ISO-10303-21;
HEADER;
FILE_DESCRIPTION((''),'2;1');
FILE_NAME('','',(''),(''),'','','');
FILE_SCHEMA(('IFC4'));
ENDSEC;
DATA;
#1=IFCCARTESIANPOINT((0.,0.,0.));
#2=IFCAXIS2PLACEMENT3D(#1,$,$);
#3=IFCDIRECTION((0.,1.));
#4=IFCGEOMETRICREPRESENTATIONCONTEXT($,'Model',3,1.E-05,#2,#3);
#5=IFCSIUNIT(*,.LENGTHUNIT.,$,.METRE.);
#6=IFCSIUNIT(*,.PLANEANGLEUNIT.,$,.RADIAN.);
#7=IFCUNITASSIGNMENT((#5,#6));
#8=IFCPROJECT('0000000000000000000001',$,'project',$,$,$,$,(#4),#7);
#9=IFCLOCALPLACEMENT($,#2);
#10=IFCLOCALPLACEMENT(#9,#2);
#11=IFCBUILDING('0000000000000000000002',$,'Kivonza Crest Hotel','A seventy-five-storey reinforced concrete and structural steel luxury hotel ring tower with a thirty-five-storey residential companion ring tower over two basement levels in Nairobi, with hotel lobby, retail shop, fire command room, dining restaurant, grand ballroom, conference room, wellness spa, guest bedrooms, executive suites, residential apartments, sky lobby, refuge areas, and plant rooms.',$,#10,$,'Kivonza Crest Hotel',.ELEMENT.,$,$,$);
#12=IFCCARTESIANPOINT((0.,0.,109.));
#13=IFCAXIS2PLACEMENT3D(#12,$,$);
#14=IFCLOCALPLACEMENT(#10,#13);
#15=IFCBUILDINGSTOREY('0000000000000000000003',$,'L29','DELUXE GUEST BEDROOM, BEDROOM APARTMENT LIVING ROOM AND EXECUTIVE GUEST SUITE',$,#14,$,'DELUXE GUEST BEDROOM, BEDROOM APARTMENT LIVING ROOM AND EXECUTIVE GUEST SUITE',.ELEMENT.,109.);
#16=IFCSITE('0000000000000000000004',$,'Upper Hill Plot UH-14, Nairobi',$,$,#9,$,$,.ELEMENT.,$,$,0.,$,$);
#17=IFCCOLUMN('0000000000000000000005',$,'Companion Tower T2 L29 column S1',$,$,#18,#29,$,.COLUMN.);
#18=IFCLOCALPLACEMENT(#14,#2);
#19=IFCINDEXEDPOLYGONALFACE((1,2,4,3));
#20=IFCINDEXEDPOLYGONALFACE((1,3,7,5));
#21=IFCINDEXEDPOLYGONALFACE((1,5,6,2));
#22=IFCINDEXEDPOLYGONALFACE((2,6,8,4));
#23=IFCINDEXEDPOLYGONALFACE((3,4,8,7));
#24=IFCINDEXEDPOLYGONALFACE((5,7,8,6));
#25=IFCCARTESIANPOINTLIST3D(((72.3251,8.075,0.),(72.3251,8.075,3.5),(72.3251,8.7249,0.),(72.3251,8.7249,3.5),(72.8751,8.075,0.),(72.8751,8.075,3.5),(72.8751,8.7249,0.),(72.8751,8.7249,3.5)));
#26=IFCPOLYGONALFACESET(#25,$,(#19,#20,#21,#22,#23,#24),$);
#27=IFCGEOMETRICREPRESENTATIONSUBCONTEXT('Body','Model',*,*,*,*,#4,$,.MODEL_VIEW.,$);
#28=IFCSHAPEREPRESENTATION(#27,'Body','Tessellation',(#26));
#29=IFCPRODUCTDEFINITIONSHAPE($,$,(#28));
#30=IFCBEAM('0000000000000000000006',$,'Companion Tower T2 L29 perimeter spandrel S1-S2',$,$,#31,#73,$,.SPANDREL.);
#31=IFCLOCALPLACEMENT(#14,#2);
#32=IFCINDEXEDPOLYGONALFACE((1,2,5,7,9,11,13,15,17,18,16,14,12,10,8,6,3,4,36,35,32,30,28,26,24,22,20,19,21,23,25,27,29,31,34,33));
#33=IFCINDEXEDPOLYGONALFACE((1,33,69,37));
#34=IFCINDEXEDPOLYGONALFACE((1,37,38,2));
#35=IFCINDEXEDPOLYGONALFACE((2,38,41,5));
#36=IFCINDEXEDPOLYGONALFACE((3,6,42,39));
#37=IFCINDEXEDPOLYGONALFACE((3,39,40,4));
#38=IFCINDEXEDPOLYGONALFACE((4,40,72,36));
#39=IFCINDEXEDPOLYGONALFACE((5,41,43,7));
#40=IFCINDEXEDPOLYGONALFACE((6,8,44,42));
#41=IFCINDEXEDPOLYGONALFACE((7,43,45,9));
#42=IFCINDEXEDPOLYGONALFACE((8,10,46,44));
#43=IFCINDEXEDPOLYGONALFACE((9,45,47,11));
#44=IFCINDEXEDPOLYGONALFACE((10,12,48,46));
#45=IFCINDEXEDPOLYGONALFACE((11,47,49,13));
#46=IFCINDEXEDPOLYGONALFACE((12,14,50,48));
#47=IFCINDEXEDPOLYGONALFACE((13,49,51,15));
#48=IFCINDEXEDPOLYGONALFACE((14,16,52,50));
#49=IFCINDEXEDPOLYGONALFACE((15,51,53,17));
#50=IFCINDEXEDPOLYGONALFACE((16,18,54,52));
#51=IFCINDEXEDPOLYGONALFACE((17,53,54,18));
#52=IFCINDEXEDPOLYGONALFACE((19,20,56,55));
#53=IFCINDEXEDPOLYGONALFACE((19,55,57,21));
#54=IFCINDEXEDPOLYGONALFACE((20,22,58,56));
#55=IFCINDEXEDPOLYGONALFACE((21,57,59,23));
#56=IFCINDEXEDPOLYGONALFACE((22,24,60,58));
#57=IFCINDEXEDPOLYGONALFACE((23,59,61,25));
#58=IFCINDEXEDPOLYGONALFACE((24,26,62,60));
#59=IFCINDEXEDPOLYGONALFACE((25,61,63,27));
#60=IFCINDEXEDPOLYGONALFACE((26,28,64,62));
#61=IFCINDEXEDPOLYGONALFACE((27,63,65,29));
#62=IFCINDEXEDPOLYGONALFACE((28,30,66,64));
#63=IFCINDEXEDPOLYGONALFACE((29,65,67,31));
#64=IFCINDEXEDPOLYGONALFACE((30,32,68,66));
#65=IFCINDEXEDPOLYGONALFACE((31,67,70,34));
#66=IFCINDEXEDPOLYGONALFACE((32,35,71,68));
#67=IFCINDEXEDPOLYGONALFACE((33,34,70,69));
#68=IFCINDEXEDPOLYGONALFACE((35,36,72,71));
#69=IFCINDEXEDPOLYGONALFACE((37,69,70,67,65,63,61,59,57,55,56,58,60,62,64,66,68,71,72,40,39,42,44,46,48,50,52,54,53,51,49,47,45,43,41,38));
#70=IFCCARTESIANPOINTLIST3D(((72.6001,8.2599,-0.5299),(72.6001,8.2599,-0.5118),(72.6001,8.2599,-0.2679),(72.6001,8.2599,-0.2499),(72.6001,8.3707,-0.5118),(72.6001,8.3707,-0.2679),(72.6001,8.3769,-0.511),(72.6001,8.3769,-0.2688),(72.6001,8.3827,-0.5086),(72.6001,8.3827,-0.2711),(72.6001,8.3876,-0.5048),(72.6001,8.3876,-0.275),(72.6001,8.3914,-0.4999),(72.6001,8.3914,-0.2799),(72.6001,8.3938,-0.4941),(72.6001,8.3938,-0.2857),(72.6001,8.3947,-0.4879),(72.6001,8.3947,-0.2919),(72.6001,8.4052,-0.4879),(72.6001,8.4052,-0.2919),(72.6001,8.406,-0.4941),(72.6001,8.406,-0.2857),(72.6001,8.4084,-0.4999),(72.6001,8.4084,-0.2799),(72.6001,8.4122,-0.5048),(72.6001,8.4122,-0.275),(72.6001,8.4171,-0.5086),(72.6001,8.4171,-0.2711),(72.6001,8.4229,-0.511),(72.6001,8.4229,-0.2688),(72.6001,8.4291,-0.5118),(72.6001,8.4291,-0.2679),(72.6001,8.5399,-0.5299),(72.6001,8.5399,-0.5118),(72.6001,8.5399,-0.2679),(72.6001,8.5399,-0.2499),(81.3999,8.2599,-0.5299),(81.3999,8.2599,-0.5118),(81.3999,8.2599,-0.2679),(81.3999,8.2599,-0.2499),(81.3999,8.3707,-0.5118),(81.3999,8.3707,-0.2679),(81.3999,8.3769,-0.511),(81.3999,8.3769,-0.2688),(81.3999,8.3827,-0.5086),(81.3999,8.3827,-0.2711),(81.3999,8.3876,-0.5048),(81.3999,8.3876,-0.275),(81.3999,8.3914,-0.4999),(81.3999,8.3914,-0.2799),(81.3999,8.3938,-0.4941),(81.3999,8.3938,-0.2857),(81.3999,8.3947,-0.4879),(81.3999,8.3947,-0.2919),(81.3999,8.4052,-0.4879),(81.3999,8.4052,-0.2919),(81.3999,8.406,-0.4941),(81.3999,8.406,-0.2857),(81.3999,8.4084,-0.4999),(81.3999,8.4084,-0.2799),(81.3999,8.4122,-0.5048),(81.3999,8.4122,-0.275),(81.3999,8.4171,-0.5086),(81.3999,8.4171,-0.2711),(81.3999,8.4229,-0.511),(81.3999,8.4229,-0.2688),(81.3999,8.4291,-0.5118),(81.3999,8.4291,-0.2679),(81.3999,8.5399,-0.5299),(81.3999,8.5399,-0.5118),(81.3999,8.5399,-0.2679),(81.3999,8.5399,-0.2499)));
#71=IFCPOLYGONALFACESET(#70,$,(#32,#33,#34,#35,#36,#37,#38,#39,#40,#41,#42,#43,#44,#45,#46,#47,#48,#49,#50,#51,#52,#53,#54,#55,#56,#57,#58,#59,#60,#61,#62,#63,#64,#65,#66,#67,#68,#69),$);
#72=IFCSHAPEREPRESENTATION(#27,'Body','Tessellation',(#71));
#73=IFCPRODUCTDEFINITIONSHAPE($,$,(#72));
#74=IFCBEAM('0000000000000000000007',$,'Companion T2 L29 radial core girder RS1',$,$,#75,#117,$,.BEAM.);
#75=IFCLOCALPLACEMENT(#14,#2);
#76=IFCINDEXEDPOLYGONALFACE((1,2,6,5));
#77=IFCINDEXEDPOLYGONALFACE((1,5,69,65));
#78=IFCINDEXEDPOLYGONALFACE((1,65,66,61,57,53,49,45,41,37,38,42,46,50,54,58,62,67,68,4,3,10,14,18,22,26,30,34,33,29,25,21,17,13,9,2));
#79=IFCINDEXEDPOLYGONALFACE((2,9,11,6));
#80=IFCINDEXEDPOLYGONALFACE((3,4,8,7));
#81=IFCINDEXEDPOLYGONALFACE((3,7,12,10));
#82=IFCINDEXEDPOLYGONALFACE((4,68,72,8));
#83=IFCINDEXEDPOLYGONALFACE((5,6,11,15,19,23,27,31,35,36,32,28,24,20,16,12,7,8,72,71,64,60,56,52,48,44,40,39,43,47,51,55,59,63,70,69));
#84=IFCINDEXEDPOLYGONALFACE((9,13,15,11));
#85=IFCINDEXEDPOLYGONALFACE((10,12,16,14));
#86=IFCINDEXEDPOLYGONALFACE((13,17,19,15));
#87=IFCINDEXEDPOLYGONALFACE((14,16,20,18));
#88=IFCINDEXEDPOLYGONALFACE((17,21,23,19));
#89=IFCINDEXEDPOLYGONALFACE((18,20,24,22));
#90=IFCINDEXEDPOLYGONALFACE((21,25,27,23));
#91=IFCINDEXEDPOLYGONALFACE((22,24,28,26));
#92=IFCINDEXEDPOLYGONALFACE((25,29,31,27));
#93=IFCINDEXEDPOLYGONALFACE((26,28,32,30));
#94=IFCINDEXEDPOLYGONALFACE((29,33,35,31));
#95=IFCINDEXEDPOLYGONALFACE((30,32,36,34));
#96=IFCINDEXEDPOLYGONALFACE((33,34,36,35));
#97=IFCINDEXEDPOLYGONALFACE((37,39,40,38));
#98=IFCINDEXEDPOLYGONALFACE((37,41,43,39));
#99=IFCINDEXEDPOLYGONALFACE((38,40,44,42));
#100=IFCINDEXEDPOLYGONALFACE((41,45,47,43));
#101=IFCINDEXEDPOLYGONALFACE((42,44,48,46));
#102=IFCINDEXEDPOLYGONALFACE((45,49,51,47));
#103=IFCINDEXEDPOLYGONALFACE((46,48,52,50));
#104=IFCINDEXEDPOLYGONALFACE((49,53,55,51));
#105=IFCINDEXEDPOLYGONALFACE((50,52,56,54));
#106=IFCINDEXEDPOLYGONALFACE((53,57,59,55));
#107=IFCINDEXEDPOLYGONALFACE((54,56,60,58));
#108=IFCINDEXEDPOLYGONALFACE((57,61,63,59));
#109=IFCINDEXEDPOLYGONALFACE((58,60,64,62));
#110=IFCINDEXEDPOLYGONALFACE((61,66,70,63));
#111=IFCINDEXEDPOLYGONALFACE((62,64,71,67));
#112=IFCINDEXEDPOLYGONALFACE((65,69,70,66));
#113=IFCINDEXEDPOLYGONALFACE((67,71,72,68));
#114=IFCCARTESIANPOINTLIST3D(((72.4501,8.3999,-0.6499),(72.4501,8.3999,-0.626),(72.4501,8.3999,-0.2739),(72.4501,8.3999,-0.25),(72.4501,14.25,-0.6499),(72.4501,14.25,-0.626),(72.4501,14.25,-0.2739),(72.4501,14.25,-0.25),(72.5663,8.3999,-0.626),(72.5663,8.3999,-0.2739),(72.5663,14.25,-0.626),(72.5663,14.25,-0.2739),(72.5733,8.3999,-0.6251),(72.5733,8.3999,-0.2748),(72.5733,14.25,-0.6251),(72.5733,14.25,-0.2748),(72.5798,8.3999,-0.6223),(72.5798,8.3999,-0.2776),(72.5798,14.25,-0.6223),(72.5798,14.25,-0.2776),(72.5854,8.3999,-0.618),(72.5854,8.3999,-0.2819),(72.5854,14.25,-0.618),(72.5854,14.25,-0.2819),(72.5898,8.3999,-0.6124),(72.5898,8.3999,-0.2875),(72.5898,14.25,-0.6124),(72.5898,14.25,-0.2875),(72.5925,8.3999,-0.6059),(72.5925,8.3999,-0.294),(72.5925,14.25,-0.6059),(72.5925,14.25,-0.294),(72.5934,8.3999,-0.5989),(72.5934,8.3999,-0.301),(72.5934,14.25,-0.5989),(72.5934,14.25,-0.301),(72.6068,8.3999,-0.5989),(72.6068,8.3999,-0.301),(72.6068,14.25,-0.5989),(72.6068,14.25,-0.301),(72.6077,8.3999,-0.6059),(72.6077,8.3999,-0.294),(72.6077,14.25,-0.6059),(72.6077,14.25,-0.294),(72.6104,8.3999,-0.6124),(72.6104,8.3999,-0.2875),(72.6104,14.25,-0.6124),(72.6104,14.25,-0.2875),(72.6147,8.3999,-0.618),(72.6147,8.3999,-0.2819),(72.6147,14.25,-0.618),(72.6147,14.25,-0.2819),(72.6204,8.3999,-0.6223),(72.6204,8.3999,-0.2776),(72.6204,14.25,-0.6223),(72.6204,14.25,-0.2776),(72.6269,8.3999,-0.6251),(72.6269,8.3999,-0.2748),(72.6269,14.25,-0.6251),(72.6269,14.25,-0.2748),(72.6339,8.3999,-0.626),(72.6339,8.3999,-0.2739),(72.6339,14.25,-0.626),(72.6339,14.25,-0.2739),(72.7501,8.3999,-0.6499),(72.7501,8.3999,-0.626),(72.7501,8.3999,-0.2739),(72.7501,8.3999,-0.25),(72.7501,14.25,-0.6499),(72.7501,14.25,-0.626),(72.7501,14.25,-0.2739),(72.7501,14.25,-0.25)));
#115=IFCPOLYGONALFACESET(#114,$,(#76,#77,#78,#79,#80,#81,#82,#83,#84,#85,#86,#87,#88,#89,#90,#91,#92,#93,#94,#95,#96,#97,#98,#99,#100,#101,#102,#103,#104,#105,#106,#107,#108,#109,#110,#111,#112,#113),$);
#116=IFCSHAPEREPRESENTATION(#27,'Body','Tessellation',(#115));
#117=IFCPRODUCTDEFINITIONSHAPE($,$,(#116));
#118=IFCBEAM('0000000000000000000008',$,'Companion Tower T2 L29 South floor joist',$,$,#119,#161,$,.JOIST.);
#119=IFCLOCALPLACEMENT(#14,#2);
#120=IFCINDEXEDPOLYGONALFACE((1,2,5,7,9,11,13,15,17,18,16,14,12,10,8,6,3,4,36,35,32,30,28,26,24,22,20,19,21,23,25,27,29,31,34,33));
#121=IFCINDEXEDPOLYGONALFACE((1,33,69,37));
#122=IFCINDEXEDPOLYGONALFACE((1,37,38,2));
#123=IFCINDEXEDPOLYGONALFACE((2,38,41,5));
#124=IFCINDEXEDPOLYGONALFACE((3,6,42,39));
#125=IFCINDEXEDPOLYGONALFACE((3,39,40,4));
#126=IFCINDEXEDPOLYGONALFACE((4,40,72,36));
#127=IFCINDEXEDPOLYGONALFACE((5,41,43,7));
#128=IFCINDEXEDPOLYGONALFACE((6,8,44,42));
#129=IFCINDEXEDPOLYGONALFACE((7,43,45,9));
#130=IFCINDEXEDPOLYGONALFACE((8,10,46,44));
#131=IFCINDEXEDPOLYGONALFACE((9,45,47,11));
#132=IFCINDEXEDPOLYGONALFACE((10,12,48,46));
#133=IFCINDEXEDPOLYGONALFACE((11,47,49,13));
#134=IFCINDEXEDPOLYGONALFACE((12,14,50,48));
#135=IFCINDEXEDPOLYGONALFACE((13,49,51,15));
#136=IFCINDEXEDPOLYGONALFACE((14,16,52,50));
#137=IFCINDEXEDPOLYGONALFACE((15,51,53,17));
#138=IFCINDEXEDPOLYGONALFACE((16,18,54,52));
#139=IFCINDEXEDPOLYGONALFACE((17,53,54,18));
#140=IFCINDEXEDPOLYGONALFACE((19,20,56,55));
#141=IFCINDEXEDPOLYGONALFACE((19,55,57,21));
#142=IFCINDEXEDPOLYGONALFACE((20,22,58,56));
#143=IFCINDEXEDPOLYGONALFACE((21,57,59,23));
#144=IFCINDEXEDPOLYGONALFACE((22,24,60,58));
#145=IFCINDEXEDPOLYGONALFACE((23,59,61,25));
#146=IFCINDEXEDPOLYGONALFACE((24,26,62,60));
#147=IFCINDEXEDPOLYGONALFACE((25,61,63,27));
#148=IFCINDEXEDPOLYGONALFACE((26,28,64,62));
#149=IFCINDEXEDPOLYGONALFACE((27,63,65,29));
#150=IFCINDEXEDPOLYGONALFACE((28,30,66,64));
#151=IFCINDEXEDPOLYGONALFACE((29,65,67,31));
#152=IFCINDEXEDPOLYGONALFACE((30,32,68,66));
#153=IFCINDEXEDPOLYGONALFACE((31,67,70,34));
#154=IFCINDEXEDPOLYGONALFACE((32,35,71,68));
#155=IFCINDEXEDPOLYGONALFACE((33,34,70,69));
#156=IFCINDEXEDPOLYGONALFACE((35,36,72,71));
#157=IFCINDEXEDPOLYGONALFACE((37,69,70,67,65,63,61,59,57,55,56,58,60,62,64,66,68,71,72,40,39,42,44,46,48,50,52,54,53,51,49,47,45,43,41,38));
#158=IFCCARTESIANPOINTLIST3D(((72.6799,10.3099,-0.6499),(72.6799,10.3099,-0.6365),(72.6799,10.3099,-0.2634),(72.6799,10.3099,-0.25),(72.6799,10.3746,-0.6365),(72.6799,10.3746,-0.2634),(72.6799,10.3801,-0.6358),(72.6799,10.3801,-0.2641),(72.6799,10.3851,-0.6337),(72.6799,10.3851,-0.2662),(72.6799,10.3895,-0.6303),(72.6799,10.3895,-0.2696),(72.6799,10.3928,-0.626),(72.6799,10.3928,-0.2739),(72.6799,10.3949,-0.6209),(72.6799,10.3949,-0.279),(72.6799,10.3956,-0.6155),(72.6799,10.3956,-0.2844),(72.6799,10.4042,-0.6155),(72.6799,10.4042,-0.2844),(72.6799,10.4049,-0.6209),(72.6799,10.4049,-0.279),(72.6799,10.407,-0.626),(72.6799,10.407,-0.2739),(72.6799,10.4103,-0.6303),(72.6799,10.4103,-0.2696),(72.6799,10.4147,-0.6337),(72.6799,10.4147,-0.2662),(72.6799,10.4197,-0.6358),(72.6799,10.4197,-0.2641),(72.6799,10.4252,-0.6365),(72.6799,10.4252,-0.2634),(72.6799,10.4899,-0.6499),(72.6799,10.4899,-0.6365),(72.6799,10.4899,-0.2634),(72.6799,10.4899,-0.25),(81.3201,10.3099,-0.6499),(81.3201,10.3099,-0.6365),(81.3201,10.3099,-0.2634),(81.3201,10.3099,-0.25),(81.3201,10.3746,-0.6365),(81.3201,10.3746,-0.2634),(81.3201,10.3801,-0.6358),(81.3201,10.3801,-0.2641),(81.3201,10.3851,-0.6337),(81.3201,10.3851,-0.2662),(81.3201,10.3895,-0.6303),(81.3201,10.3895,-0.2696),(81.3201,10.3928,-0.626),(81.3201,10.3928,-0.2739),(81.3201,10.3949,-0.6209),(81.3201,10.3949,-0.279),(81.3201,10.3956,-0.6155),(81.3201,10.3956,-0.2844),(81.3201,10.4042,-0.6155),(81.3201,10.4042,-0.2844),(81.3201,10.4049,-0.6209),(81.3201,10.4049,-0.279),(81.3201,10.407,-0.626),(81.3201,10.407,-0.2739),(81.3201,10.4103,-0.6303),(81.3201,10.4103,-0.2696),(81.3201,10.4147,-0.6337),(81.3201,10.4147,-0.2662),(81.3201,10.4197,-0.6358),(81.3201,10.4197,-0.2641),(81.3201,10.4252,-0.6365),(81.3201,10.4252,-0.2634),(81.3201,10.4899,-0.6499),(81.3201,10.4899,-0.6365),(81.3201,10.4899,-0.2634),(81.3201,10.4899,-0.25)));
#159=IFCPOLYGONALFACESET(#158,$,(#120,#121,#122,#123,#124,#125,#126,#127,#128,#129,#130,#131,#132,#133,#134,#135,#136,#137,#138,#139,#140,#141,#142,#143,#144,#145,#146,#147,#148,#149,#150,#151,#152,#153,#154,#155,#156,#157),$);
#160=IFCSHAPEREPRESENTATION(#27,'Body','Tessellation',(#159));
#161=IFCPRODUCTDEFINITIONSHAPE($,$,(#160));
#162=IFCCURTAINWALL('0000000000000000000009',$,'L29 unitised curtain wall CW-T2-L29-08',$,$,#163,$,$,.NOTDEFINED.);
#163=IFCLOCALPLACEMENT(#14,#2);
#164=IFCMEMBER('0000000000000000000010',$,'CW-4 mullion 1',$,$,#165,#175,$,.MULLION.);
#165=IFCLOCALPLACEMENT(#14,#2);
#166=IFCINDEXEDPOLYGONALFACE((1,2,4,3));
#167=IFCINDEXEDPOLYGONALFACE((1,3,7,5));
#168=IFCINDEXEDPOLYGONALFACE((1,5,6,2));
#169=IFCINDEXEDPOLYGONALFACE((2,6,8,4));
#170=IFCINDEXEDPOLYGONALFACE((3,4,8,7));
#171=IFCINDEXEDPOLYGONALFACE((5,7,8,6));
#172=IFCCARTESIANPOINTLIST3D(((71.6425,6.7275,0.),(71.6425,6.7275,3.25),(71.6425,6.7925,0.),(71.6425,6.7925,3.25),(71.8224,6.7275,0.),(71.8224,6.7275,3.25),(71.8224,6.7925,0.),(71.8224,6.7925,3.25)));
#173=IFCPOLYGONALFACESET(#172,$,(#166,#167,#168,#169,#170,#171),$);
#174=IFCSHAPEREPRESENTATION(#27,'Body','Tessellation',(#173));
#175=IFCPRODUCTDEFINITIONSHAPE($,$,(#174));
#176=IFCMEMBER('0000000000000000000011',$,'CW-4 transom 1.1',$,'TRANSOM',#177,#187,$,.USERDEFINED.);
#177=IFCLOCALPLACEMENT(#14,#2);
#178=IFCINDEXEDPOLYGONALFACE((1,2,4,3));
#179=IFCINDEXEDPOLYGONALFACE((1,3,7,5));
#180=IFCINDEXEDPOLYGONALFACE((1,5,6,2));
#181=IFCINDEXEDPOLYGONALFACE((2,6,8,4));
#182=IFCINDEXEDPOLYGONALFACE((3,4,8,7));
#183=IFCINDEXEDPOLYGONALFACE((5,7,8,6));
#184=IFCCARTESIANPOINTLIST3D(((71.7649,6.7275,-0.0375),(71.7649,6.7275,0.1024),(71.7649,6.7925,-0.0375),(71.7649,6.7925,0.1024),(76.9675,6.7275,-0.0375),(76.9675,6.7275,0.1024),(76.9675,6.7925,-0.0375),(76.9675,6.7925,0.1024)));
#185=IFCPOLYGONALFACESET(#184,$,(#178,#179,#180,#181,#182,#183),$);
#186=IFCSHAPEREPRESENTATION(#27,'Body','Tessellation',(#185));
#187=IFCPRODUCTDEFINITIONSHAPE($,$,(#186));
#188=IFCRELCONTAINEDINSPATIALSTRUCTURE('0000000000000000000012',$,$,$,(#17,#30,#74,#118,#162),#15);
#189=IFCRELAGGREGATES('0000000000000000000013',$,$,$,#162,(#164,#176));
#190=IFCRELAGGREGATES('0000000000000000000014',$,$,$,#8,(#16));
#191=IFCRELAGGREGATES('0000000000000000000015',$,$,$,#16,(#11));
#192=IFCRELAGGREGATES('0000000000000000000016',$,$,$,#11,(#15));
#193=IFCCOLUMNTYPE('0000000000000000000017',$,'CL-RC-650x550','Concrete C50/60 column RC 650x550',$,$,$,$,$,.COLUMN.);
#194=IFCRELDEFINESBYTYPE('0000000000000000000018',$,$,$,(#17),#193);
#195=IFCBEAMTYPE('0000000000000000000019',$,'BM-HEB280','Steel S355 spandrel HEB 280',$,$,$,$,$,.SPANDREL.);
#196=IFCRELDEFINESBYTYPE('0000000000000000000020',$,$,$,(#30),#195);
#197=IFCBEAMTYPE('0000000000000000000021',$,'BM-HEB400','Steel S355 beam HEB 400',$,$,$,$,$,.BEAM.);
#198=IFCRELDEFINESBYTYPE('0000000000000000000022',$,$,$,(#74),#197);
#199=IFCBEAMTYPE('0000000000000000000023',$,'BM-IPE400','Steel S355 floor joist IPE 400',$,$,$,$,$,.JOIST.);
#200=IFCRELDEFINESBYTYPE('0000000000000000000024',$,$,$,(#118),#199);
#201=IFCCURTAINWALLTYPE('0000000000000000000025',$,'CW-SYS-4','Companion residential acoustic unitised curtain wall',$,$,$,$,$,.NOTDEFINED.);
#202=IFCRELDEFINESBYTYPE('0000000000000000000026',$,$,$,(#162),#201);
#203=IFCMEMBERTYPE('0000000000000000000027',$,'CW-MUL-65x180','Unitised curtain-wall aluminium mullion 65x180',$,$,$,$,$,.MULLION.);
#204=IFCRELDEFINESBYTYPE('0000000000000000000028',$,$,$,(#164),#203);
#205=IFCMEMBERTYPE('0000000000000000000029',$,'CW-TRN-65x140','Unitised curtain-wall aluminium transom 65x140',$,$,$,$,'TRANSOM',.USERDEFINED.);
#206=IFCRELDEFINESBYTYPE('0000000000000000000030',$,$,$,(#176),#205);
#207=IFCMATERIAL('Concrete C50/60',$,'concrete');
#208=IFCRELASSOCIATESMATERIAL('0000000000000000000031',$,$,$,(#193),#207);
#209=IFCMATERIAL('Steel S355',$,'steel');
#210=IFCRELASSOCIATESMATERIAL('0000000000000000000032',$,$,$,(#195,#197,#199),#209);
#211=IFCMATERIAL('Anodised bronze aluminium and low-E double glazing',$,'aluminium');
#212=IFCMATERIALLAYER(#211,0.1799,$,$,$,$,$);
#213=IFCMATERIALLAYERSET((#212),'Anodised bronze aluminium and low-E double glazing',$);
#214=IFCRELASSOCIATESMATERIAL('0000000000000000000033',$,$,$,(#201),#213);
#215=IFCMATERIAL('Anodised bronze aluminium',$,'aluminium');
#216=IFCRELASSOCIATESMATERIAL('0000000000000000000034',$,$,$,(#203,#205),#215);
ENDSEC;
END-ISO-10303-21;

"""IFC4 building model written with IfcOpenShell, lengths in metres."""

from ifc_helpers import new_model, si_unit, direction, frame, origin, origin_2d, place, context, subcontext, project, spatial, rectangle, i_section, extrude, material, layer, layer_set, material_profile, profile_set, type_object, element, aggregate, save


model = new_model("IFC4")

# Units and contexts
model_context = context("Model", 3, precision=1e-05, world=origin(), true_north=direction((0.0, 1.0)))
body_context = subcontext(model_context, "Body", "Model", "MODEL_VIEW")
ifc_project = project(units=[si_unit("LENGTHUNIT", "METRE"), si_unit("PLANEANGLEUNIT", "RADIAN")], contexts=[model_context])

# Site, building, storey
site_placement = place(None, origin())
site = spatial("IfcSite", under=ifc_project, at=site_placement, Name="Upper Hill Plot UH-14, Nairobi", CompositionType="ELEMENT", RefElevation=0.0)
building_placement = place(site_placement, origin())
building = spatial("IfcBuilding", under=site, at=building_placement, Name="Kivonza Crest Hotel", Description="A seventy-five-storey reinforced concrete and structural steel luxury hotel ring tower with a thirty-five-storey residential companion ring tower over two basement levels in Nairobi, with hotel lobby, retail shop, fire command room, dining restaurant, grand ballroom, conference room, wellness spa, guest bedrooms, executive suites, residential apartments, sky lobby, refuge areas, and plant rooms.", LongName="Kivonza Crest Hotel", CompositionType="ELEMENT")
storey_placement = place(building_placement, frame((0.0, 0.0, 109.0)))
storey = spatial("IfcBuildingStorey", under=building, at=storey_placement, Name="L29", Description="DELUXE GUEST BEDROOM, BEDROOM APARTMENT LIVING ROOM AND EXECUTIVE GUEST SUITE", LongName="DELUXE GUEST BEDROOM, BEDROOM APARTMENT LIVING ROOM AND EXECUTIVE GUEST SUITE", CompositionType="ELEMENT", Elevation=109.0)

# Column
ifc_material_1 = material(Name="Concrete C50/60", Category="concrete")
ifc_material_profile_1 = material_profile(ifc_material_1, rectangle(XDim=0.55, YDim=0.6499, at=origin_2d()), Name="RC 650x550")
ifc_profile_set_1 = profile_set([ifc_material_profile_1], Name="Concrete C50/60")
column_type = type_object("IfcColumnType", Name="CL-RC-650x550", Description="Concrete C50/60 column RC 650x550", PredefinedType="COLUMN", material=ifc_profile_set_1)
column_placement = place(storey_placement, frame((72.6001, 8.3999, 0.0), z_axis=(0.0, 0.0, 1.0), x_axis=(1.0, 0.0, 0.0)))
element("IfcColumn", 1, at=column_placement, inside=storey, type_object=column_type, Name="Companion Tower T2 L29 column S1", PredefinedType="COLUMN", context=body_context, shape_type="SweptSolid", body=[
    extrude(rectangle(XDim=0.55, YDim=0.6499, at=origin_2d()), origin(), (0.0, 0.0, 1.0), 3.5),
])

# Beams
ifc_material_2 = material(Name="Steel S355", Category="steel")
ifc_material_profile_2 = material_profile(ifc_material_2, i_section(OverallWidth=0.28, OverallDepth=0.28, WebThickness=0.0105, FlangeThickness=0.0181, FilletRadius=0.0239, at=origin_2d()), Name="HEB 280")
ifc_profile_set_2 = profile_set([ifc_material_profile_2], Name="Steel S355")
beam_type_1 = type_object("IfcBeamType", Name="BM-HEB280", Description="Steel S355 spandrel HEB 280", PredefinedType="SPANDREL", material=ifc_profile_set_2)
beam_1_placement = place(storey_placement, frame((72.6001, 8.3999, -0.3899), z_axis=(1.0, 0.0, 0.0), x_axis=(0.0, 1.0, 0.0)))
element("IfcBeam", 2, at=beam_1_placement, inside=storey, type_object=beam_type_1, Name="Companion Tower T2 L29 perimeter spandrel S1-S2", PredefinedType="SPANDREL", context=body_context, shape_type="SweptSolid", body=[
    extrude(i_section(OverallWidth=0.28, OverallDepth=0.28, WebThickness=0.0105, FlangeThickness=0.0181, FilletRadius=0.0239, at=origin_2d()), origin(), (0.0, 0.0, 1.0), 8.7998),
])
ifc_material_profile_3 = material_profile(ifc_material_2, i_section(OverallWidth=0.3, OverallDepth=0.3999, WebThickness=0.0134, FlangeThickness=0.0239, FilletRadius=0.0271, at=origin_2d()), Name="HEB 400")
ifc_profile_set_3 = profile_set([ifc_material_profile_3], Name="Steel S355")
beam_type_2 = type_object("IfcBeamType", Name="BM-HEB400", Description="Steel S355 beam HEB 400", PredefinedType="BEAM", material=ifc_profile_set_3)
beam_2_placement = place(storey_placement, frame((72.6001, 8.3999, -0.45), z_axis=(0.0, 1.0, 0.0), x_axis=(-1.0, 0.0, 0.0)))
element("IfcBeam", 3, at=beam_2_placement, inside=storey, type_object=beam_type_2, Name="Companion T2 L29 radial core girder RS1", PredefinedType="BEAM", context=body_context, shape_type="SweptSolid", body=[
    extrude(i_section(OverallWidth=0.3, OverallDepth=0.3999, WebThickness=0.0134, FlangeThickness=0.0239, FilletRadius=0.0271, at=origin_2d()), origin(), (0.0, 0.0, 1.0), 5.8501),
])
ifc_material_profile_4 = material_profile(ifc_material_2, i_section(OverallWidth=0.1799, OverallDepth=0.3999, WebThickness=0.0085, FlangeThickness=0.0134, FilletRadius=0.021, at=origin_2d()), Name="IPE 400")
ifc_profile_set_4 = profile_set([ifc_material_profile_4], Name="Steel S355")
beam_type_3 = type_object("IfcBeamType", Name="BM-IPE400", Description="Steel S355 floor joist IPE 400", PredefinedType="JOIST", material=ifc_profile_set_4)
beam_3_placement = place(storey_placement, frame((72.6799, 10.3999, -0.45), z_axis=(1.0, 0.0, 0.0), x_axis=(0.0, 1.0, 0.0)))
element("IfcBeam", 4, at=beam_3_placement, inside=storey, type_object=beam_type_3, Name="Companion Tower T2 L29 South floor joist", PredefinedType="JOIST", context=body_context, shape_type="SweptSolid", body=[
    extrude(i_section(OverallWidth=0.1799, OverallDepth=0.3999, WebThickness=0.0085, FlangeThickness=0.0134, FilletRadius=0.021, at=origin_2d()), origin(), (0.0, 0.0, 1.0), 8.6401),
])

# Curtain wall, members
ifc_material_3 = material(Name="Anodised bronze aluminium and low-E double glazing", Category="aluminium")
ifc_layer_1 = layer(ifc_material_3, 0.1799)
ifc_layer_set_1 = layer_set([ifc_layer_1], Name="Anodised bronze aluminium and low-E double glazing")
curtain_wall_type = type_object("IfcCurtainWallType", Name="CW-SYS-4", Description="Companion residential acoustic unitised curtain wall", PredefinedType="NOTDEFINED", material=ifc_layer_set_1)
curtain_wall_placement = place(storey_placement, origin())
curtain_wall = element("IfcCurtainWall", 5, at=curtain_wall_placement, inside=storey, type_object=curtain_wall_type, Name="L29 unitised curtain wall CW-T2-L29-08", PredefinedType="NOTDEFINED")
ifc_material_4 = material(Name="Anodised bronze aluminium", Category="aluminium")
ifc_material_profile_5 = material_profile(ifc_material_4, rectangle(XDim=0.0649, YDim=0.1799, at=origin_2d()), Name="CW-M 65x180")
ifc_profile_set_5 = profile_set([ifc_material_profile_5], Name="Anodised bronze aluminium")
member_type_1 = type_object("IfcMemberType", Name="CW-MUL-65x180", Description="Unitised curtain-wall aluminium mullion 65x180", PredefinedType="MULLION", material=ifc_profile_set_5)
member_1_placement = place(storey_placement, frame((71.7324, 6.76, 0.0), z_axis=(0.0, 0.0, 1.0), x_axis=(0.0, 1.0, 0.0)))
member_1 = element("IfcMember", 6, at=member_1_placement, type_object=member_type_1, Name="CW-4 mullion 1", PredefinedType="MULLION", context=body_context, shape_type="SweptSolid", body=[
    extrude(rectangle(XDim=0.0649, YDim=0.1799, at=origin_2d()), origin(), (0.0, 0.0, 1.0), 3.25),
])
ifc_material_profile_6 = material_profile(ifc_material_4, rectangle(XDim=0.0649, YDim=0.1399, at=origin_2d()), Name="CW-T 65x140")
ifc_profile_set_6 = profile_set([ifc_material_profile_6], Name="Anodised bronze aluminium")
member_type_2 = type_object("IfcMemberType", Name="CW-TRN-65x140", Description="Unitised curtain-wall aluminium transom 65x140", ElementType="TRANSOM", PredefinedType="USERDEFINED", material=ifc_profile_set_6)
member_2_placement = place(storey_placement, frame((71.7649, 6.76, 0.0325), z_axis=(1.0, 0.0, 0.0), x_axis=(0.0, 1.0, 0.0)))
member_2 = element("IfcMember", 7, at=member_2_placement, type_object=member_type_2, Name="CW-4 transom 1.1", ObjectType="TRANSOM", PredefinedType="USERDEFINED", context=body_context, shape_type="SweptSolid", body=[
    extrude(rectangle(XDim=0.0649, YDim=0.1399, at=origin_2d()), origin(), (0.0, 0.0, 1.0), 5.2026),
])
aggregate(curtain_wall, [member_1, member_2])

save(model, "model.ifc")
